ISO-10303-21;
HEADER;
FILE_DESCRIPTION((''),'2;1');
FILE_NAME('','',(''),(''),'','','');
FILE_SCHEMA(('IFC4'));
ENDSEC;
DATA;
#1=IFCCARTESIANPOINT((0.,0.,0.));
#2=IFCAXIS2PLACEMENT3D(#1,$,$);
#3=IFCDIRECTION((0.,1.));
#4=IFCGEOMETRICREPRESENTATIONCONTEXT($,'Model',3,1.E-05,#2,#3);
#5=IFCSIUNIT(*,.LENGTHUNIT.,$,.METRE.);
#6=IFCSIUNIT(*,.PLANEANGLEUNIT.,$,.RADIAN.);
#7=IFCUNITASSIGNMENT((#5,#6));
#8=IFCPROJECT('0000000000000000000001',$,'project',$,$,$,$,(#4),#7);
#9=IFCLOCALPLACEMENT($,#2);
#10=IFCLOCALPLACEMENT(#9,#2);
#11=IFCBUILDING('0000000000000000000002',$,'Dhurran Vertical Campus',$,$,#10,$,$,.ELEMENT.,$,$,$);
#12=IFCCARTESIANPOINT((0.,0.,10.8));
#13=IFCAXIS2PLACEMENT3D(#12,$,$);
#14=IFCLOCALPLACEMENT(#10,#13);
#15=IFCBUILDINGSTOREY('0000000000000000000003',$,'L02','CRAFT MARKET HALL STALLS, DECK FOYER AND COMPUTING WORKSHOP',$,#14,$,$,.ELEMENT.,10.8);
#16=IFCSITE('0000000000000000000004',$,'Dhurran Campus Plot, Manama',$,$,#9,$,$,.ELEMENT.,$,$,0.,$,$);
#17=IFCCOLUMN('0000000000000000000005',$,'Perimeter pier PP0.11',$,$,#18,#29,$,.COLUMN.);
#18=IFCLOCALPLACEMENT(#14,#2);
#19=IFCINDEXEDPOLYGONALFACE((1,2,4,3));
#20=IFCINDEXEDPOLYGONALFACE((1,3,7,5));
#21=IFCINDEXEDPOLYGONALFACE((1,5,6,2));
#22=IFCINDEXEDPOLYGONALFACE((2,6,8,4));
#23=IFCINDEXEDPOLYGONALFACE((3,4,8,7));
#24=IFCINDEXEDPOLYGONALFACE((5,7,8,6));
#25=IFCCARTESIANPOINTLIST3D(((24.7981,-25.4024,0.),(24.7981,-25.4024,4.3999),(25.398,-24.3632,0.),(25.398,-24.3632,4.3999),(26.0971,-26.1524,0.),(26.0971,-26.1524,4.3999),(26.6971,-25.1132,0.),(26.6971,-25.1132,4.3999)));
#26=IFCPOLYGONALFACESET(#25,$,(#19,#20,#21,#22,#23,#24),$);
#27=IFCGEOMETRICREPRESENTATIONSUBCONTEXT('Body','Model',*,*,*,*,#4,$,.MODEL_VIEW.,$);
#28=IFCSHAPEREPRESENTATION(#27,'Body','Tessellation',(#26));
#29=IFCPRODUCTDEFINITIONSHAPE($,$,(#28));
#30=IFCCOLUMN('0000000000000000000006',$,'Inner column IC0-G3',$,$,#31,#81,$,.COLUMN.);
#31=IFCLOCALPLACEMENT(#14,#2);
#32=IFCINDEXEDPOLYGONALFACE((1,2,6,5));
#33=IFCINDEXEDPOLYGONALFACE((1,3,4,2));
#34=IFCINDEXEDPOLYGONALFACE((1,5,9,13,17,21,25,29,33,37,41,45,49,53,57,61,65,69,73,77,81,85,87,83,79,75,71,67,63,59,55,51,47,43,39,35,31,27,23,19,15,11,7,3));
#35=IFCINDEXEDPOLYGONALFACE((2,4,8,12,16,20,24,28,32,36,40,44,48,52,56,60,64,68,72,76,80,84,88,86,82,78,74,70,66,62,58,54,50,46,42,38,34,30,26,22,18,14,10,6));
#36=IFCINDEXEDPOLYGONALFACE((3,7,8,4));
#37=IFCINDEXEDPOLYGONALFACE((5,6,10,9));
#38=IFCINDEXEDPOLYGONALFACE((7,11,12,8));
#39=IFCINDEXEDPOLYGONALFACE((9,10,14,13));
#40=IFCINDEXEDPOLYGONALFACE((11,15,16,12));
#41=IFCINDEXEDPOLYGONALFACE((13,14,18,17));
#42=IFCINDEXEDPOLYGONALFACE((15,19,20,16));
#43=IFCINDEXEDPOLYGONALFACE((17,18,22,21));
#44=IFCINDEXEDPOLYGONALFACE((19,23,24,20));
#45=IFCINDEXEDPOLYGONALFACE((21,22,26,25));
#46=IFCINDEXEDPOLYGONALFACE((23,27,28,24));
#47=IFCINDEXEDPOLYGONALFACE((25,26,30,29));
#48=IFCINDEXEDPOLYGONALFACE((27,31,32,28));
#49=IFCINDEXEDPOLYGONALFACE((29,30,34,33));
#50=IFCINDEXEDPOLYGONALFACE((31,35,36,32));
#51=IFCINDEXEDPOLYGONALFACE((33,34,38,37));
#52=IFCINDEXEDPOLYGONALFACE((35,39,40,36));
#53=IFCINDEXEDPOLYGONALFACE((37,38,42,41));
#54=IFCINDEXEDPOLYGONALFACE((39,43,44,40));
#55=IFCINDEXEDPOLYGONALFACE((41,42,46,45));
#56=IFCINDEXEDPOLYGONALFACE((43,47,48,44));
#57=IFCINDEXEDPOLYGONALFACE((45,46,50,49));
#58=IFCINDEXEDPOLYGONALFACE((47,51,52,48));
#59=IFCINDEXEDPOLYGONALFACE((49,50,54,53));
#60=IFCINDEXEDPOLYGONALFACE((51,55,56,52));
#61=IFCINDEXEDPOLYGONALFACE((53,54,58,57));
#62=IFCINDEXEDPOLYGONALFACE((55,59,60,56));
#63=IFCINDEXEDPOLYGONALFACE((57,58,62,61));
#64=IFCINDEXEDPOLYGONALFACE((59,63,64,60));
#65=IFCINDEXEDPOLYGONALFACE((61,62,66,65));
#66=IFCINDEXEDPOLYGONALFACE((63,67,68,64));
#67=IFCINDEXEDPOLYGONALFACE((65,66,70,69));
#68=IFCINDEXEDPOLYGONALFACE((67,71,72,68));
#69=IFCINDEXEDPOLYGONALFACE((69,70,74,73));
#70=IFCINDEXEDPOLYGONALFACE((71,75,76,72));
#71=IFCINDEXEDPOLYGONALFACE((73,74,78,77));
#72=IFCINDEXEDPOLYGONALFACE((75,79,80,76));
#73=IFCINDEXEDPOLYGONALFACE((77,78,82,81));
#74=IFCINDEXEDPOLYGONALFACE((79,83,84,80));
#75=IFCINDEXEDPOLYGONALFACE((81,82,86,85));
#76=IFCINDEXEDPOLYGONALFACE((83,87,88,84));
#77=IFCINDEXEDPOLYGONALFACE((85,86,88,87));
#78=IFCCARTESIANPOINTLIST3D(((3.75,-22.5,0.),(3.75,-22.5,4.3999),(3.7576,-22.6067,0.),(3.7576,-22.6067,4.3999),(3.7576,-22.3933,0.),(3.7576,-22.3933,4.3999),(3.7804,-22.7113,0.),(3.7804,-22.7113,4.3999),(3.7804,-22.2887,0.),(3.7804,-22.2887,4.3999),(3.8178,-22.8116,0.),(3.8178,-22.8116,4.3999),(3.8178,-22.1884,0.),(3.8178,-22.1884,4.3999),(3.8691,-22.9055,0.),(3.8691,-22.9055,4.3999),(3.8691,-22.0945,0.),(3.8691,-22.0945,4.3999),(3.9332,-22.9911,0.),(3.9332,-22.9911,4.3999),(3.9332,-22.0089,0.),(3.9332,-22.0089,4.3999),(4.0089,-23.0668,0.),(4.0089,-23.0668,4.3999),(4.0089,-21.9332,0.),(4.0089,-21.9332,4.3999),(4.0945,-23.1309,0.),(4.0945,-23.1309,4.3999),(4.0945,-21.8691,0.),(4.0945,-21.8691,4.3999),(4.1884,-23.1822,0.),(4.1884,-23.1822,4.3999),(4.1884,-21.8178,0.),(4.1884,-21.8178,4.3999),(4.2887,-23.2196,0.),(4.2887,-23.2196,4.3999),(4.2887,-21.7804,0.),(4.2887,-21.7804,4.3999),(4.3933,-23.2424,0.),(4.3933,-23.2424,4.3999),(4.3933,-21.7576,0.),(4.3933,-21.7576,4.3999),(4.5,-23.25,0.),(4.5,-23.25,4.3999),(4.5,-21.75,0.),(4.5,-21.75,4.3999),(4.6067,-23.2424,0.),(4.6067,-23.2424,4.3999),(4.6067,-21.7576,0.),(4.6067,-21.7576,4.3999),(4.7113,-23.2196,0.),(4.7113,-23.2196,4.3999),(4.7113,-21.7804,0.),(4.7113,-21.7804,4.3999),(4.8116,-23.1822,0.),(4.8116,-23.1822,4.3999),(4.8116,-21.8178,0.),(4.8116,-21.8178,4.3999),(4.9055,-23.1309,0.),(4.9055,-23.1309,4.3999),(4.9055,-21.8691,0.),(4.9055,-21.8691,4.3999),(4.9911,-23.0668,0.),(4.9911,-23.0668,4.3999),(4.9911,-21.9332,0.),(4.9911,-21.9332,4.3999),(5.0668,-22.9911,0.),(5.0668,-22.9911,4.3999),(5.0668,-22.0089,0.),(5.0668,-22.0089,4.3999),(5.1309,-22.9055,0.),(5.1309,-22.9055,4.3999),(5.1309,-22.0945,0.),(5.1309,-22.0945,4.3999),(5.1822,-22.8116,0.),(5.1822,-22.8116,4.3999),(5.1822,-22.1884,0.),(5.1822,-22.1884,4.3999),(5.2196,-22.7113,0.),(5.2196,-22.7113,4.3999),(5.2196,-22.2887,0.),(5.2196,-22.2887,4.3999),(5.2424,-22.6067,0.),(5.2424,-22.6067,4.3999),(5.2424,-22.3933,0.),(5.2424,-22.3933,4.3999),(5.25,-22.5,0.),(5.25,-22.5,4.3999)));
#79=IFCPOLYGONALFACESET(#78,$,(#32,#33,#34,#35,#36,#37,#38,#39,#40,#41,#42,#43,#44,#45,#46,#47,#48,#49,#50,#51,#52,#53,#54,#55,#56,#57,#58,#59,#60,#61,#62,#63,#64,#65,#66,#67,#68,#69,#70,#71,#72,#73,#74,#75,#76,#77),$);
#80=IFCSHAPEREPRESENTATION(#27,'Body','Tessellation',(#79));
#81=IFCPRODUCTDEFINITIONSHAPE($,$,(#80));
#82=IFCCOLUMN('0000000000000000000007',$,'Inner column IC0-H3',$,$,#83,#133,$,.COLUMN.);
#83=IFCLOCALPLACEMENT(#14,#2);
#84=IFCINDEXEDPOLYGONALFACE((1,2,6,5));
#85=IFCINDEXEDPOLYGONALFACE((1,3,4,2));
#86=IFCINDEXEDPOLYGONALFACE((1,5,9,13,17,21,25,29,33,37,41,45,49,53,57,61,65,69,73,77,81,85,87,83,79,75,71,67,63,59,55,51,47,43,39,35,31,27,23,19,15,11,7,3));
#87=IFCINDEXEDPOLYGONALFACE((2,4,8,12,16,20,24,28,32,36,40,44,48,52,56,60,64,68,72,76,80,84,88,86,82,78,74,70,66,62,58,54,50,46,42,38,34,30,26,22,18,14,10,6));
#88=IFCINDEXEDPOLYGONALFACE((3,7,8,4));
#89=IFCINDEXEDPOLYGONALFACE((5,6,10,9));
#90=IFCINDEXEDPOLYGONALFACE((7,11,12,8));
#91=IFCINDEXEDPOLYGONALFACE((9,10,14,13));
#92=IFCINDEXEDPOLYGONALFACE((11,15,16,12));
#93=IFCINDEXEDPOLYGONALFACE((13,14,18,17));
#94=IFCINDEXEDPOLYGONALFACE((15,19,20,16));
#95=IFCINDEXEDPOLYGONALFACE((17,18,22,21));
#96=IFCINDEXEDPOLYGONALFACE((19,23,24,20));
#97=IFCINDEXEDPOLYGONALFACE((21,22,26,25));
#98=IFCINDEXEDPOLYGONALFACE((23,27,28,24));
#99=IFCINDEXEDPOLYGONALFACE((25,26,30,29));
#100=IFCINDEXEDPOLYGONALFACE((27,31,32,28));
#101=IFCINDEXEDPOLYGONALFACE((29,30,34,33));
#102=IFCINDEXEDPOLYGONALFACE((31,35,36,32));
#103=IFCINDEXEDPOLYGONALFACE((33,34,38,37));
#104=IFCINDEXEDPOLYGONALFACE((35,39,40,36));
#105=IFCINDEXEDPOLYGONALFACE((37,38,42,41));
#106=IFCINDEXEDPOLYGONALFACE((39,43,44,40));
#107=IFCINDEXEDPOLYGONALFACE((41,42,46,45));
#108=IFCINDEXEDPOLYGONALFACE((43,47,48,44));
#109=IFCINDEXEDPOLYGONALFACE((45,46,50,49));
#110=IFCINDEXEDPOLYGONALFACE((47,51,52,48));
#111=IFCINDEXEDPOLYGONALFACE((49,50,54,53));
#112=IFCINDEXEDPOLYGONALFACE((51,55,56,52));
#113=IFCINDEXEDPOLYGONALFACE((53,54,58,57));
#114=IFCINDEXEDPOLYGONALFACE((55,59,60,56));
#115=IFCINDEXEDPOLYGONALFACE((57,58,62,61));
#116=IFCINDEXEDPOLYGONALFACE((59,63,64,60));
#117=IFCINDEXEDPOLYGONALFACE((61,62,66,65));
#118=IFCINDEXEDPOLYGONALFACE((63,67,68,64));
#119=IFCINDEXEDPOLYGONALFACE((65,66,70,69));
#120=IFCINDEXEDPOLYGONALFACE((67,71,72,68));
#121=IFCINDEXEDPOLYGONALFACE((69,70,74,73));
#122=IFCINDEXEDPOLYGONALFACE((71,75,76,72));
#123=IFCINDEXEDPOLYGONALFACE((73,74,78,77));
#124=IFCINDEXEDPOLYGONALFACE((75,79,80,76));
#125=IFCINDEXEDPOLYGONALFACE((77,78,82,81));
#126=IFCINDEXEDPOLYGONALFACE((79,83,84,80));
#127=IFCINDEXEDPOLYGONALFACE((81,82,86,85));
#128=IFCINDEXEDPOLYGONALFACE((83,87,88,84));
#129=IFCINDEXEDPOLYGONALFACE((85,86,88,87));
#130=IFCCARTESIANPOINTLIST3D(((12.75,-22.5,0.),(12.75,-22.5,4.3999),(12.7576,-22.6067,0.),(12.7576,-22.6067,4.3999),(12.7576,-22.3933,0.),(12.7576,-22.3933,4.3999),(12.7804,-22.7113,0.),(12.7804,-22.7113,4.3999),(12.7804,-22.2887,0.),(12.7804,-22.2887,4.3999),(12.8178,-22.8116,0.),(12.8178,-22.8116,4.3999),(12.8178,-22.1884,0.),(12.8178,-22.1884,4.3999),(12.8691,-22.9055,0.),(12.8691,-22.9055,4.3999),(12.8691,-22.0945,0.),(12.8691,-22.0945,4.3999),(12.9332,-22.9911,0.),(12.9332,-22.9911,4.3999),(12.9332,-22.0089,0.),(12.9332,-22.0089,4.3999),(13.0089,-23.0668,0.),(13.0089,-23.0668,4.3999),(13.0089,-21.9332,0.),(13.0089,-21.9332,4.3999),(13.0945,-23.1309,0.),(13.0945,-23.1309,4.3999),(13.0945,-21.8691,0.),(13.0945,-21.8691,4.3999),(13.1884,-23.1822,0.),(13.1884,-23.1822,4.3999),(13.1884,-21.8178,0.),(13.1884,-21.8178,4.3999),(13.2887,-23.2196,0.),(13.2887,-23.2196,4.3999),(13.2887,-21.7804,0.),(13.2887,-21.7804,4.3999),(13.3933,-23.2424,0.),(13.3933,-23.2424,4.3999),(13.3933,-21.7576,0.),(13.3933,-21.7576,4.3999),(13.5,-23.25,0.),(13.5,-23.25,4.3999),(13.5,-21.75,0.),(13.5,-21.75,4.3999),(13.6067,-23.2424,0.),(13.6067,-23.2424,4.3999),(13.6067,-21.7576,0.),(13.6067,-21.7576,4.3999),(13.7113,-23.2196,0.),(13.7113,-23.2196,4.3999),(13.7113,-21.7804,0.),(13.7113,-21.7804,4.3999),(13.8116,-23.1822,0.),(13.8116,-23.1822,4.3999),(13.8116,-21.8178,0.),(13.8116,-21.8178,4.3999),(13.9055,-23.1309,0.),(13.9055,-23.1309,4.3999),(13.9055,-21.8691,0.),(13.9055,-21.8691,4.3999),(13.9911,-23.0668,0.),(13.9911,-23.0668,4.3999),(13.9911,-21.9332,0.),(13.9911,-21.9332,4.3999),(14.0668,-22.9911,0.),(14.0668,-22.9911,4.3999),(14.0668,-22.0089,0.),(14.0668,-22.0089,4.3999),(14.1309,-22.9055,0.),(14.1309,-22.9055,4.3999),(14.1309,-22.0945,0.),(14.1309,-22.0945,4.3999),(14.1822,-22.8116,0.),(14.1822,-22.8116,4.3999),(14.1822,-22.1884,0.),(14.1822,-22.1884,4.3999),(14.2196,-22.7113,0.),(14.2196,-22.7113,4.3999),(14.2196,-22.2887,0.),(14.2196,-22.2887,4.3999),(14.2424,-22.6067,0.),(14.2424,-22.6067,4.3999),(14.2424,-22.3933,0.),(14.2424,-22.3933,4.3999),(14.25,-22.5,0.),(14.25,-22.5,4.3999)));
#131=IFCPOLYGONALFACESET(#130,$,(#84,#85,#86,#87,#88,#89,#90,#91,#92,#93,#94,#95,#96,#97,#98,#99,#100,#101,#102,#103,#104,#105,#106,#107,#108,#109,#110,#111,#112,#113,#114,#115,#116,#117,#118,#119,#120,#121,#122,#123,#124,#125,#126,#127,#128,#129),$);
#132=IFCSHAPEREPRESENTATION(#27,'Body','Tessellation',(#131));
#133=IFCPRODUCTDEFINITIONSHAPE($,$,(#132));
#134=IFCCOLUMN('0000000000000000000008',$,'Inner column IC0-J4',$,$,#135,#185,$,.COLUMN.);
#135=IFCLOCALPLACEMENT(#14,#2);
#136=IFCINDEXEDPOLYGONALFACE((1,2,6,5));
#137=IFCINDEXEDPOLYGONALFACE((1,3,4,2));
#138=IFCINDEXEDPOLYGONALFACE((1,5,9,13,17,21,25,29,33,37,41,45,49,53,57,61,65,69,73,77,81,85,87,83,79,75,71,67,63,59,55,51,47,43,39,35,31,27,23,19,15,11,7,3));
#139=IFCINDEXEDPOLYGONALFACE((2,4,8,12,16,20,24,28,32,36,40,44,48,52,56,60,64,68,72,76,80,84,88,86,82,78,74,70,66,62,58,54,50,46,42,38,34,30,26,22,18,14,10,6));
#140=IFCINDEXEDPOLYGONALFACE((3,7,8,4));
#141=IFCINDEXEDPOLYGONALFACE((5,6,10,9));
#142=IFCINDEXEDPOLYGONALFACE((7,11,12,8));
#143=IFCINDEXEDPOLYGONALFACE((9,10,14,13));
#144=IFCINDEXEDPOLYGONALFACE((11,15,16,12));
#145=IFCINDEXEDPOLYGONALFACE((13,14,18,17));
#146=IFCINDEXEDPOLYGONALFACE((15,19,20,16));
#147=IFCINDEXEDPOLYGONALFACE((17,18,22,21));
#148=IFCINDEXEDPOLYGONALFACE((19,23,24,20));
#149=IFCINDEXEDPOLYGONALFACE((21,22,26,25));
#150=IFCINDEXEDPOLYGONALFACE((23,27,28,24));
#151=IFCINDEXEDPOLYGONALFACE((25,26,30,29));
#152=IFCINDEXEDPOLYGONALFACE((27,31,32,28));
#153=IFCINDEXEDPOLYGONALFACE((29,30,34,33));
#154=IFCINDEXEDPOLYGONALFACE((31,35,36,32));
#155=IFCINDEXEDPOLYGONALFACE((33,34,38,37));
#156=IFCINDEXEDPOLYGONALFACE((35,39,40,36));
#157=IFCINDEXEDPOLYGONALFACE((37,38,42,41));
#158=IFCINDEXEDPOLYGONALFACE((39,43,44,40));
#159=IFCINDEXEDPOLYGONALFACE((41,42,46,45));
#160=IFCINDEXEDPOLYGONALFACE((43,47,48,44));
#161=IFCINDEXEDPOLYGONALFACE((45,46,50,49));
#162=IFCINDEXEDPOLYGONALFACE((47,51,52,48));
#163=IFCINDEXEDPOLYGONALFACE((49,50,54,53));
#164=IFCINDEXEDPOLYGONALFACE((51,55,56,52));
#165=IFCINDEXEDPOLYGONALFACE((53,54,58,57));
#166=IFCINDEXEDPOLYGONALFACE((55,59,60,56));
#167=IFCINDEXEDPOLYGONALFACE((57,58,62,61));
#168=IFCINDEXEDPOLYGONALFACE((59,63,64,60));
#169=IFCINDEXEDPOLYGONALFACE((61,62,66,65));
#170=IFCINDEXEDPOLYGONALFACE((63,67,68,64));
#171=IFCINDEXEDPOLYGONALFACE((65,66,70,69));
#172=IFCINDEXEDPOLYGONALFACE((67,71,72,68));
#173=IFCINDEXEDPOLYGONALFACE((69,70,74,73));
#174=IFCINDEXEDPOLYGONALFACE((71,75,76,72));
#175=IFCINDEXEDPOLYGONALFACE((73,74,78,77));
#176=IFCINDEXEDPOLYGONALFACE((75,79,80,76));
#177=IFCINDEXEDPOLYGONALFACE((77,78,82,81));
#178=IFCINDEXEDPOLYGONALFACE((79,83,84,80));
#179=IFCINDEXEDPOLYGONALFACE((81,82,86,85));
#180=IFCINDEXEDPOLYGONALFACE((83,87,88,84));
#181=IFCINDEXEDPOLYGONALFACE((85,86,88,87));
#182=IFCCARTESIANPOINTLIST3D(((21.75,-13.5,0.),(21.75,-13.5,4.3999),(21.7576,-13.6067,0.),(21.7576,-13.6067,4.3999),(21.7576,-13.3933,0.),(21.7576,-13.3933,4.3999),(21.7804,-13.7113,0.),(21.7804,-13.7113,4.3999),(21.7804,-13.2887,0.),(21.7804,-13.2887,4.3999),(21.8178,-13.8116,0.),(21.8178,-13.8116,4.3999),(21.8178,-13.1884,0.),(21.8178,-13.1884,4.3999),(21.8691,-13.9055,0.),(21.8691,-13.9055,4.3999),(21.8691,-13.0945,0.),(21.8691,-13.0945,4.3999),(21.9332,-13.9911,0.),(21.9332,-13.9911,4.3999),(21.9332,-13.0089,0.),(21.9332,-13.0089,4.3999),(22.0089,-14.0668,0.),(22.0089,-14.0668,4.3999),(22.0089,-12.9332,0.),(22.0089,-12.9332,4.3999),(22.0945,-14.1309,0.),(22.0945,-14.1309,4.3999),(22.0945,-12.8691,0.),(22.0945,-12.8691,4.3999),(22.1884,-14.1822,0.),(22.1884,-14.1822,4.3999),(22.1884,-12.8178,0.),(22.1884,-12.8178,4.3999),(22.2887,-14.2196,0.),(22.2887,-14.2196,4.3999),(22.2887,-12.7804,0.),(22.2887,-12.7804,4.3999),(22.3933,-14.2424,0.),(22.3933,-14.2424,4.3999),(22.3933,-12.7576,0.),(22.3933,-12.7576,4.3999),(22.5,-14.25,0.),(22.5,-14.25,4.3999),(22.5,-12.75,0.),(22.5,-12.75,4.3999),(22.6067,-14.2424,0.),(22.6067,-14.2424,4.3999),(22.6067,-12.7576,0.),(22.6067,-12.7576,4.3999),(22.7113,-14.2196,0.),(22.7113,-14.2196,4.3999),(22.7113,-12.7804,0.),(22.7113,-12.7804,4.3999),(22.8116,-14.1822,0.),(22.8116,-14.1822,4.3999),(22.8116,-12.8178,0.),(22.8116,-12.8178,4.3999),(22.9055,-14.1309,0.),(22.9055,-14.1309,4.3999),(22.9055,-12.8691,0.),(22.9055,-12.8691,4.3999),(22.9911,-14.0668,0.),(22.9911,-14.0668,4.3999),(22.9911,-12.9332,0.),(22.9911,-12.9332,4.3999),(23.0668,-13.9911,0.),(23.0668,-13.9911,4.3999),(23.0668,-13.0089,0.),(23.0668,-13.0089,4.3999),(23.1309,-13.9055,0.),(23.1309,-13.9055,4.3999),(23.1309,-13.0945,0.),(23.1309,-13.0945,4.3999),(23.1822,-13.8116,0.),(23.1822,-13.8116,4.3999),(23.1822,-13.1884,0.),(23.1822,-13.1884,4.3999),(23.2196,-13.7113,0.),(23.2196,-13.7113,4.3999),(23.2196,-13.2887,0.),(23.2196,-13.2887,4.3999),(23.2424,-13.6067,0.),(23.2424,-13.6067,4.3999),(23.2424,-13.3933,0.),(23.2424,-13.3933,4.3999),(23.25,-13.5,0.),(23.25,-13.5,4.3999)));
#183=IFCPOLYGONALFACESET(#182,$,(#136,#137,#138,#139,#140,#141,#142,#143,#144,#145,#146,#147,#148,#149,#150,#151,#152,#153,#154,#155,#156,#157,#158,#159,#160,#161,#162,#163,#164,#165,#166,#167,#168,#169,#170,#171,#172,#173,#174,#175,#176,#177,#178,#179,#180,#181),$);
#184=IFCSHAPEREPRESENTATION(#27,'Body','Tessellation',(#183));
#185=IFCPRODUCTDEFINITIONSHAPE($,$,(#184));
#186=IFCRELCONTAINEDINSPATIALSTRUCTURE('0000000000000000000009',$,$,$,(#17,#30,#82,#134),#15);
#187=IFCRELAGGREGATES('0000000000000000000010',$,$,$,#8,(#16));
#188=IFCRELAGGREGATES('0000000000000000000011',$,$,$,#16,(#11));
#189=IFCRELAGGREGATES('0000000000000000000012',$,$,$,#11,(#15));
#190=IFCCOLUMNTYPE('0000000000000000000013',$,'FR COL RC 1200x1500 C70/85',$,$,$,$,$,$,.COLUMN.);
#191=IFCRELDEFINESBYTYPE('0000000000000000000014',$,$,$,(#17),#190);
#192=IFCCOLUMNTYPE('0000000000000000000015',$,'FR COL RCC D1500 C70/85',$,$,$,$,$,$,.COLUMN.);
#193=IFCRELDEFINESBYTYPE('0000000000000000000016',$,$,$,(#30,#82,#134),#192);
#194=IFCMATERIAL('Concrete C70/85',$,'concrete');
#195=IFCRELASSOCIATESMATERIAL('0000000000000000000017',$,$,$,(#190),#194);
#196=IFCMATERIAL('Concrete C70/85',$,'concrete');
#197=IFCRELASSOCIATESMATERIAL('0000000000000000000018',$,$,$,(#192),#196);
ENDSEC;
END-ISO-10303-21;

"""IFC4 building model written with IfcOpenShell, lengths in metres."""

from ifc_helpers import new_model, si_unit, direction, frame, origin, origin_2d, place, context, subcontext, project, spatial, rectangle, circle, extrude, material, material_profile, profile_set, type_object, element, save


model = new_model("IFC4")

# Units and contexts
model_context = context("Model", 3, precision=1e-05, world=origin(), true_north=direction((0.0, 1.0)))
body_context = subcontext(model_context, "Body", "Model", "MODEL_VIEW")
ifc_project = project(units=[si_unit("LENGTHUNIT", "METRE"), si_unit("PLANEANGLEUNIT", "RADIAN")], contexts=[model_context])

# Site, building, storey
site_placement = place(None, origin())
site = spatial("IfcSite", under=ifc_project, at=site_placement, Name="Dhurran Campus Plot, Manama", CompositionType="ELEMENT", RefElevation=0.0)
building_placement = place(site_placement, origin())
building = spatial("IfcBuilding", under=site, at=building_placement, Name="Dhurran Vertical Campus", CompositionType="ELEMENT")
storey_placement = place(building_placement, frame((0.0, 0.0, 10.8)))
storey = spatial("IfcBuildingStorey", under=building, at=storey_placement, Name="L02", Description="CRAFT MARKET HALL STALLS, DECK FOYER AND COMPUTING WORKSHOP", CompositionType="ELEMENT", Elevation=10.8)

# Columns
ifc_material_1 = material(Name="Concrete C70/85", Category="concrete")
ifc_material_profile_1 = material_profile(ifc_material_1, rectangle(XDim=1.2, YDim=1.5, at=origin_2d()), Name="RC 1200x1500")
ifc_profile_set_1 = profile_set([ifc_material_profile_1], Name="Concrete C70/85")
column_type_1 = type_object("IfcColumnType", Name="FR COL RC 1200x1500 C70/85", PredefinedType="COLUMN", material=ifc_profile_set_1)
column_placement = place(storey_placement, frame((25.7476, -25.2578, 0.0), z_axis=(0.0, 0.0, 1.0), x_axis=(0.5, 0.866025, 0.0)))
element("IfcColumn", 1, at=column_placement, inside=storey, type_object=column_type_1, Name="Perimeter pier PP0.11", PredefinedType="COLUMN", context=body_context, shape_type="SweptSolid", body=[
    extrude(rectangle(XDim=1.2, YDim=1.5, at=origin_2d()), origin(), (0.0, 0.0, 1.0), 4.3999),
])
ifc_material_2 = material(Name="Concrete C70/85", Category="concrete")
ifc_material_profile_2 = material_profile(ifc_material_2, circle(Radius=0.75, at=origin_2d()), Name="RCC D1500")
ifc_profile_set_2 = profile_set([ifc_material_profile_2], Name="Concrete C70/85")
column_type_2 = type_object("IfcColumnType", Name="FR COL RCC D1500 C70/85", PredefinedType="COLUMN", material=ifc_profile_set_2)
for number, where, z_axis, x_axis, name in (
    (2, (4.5, -22.5, 0.0), (0.0, 0.0, 1.0), (1.0, 0.0, 0.0), "Inner column IC0-G3"),
    (3, (13.5, -22.5, 0.0), (0.0, 0.0, 1.0), (1.0, 0.0, 0.0), "Inner column IC0-H3"),
    (4, (22.5, -13.5, 0.0), (0.0, 0.0, 1.0), (1.0, 0.0, 0.0), "Inner column IC0-J4"),
):
    element("IfcColumn", number, at=place(storey_placement, frame(where, z_axis=z_axis, x_axis=x_axis)), inside=storey, type_object=column_type_2, Name=name, PredefinedType="COLUMN", context=body_context, shape_type="SweptSolid", body=[
        extrude(circle(Radius=0.75, at=origin_2d()), origin(), (0.0, 0.0, 1.0), 4.3999),
    ])

save(model, "model.ifc")
